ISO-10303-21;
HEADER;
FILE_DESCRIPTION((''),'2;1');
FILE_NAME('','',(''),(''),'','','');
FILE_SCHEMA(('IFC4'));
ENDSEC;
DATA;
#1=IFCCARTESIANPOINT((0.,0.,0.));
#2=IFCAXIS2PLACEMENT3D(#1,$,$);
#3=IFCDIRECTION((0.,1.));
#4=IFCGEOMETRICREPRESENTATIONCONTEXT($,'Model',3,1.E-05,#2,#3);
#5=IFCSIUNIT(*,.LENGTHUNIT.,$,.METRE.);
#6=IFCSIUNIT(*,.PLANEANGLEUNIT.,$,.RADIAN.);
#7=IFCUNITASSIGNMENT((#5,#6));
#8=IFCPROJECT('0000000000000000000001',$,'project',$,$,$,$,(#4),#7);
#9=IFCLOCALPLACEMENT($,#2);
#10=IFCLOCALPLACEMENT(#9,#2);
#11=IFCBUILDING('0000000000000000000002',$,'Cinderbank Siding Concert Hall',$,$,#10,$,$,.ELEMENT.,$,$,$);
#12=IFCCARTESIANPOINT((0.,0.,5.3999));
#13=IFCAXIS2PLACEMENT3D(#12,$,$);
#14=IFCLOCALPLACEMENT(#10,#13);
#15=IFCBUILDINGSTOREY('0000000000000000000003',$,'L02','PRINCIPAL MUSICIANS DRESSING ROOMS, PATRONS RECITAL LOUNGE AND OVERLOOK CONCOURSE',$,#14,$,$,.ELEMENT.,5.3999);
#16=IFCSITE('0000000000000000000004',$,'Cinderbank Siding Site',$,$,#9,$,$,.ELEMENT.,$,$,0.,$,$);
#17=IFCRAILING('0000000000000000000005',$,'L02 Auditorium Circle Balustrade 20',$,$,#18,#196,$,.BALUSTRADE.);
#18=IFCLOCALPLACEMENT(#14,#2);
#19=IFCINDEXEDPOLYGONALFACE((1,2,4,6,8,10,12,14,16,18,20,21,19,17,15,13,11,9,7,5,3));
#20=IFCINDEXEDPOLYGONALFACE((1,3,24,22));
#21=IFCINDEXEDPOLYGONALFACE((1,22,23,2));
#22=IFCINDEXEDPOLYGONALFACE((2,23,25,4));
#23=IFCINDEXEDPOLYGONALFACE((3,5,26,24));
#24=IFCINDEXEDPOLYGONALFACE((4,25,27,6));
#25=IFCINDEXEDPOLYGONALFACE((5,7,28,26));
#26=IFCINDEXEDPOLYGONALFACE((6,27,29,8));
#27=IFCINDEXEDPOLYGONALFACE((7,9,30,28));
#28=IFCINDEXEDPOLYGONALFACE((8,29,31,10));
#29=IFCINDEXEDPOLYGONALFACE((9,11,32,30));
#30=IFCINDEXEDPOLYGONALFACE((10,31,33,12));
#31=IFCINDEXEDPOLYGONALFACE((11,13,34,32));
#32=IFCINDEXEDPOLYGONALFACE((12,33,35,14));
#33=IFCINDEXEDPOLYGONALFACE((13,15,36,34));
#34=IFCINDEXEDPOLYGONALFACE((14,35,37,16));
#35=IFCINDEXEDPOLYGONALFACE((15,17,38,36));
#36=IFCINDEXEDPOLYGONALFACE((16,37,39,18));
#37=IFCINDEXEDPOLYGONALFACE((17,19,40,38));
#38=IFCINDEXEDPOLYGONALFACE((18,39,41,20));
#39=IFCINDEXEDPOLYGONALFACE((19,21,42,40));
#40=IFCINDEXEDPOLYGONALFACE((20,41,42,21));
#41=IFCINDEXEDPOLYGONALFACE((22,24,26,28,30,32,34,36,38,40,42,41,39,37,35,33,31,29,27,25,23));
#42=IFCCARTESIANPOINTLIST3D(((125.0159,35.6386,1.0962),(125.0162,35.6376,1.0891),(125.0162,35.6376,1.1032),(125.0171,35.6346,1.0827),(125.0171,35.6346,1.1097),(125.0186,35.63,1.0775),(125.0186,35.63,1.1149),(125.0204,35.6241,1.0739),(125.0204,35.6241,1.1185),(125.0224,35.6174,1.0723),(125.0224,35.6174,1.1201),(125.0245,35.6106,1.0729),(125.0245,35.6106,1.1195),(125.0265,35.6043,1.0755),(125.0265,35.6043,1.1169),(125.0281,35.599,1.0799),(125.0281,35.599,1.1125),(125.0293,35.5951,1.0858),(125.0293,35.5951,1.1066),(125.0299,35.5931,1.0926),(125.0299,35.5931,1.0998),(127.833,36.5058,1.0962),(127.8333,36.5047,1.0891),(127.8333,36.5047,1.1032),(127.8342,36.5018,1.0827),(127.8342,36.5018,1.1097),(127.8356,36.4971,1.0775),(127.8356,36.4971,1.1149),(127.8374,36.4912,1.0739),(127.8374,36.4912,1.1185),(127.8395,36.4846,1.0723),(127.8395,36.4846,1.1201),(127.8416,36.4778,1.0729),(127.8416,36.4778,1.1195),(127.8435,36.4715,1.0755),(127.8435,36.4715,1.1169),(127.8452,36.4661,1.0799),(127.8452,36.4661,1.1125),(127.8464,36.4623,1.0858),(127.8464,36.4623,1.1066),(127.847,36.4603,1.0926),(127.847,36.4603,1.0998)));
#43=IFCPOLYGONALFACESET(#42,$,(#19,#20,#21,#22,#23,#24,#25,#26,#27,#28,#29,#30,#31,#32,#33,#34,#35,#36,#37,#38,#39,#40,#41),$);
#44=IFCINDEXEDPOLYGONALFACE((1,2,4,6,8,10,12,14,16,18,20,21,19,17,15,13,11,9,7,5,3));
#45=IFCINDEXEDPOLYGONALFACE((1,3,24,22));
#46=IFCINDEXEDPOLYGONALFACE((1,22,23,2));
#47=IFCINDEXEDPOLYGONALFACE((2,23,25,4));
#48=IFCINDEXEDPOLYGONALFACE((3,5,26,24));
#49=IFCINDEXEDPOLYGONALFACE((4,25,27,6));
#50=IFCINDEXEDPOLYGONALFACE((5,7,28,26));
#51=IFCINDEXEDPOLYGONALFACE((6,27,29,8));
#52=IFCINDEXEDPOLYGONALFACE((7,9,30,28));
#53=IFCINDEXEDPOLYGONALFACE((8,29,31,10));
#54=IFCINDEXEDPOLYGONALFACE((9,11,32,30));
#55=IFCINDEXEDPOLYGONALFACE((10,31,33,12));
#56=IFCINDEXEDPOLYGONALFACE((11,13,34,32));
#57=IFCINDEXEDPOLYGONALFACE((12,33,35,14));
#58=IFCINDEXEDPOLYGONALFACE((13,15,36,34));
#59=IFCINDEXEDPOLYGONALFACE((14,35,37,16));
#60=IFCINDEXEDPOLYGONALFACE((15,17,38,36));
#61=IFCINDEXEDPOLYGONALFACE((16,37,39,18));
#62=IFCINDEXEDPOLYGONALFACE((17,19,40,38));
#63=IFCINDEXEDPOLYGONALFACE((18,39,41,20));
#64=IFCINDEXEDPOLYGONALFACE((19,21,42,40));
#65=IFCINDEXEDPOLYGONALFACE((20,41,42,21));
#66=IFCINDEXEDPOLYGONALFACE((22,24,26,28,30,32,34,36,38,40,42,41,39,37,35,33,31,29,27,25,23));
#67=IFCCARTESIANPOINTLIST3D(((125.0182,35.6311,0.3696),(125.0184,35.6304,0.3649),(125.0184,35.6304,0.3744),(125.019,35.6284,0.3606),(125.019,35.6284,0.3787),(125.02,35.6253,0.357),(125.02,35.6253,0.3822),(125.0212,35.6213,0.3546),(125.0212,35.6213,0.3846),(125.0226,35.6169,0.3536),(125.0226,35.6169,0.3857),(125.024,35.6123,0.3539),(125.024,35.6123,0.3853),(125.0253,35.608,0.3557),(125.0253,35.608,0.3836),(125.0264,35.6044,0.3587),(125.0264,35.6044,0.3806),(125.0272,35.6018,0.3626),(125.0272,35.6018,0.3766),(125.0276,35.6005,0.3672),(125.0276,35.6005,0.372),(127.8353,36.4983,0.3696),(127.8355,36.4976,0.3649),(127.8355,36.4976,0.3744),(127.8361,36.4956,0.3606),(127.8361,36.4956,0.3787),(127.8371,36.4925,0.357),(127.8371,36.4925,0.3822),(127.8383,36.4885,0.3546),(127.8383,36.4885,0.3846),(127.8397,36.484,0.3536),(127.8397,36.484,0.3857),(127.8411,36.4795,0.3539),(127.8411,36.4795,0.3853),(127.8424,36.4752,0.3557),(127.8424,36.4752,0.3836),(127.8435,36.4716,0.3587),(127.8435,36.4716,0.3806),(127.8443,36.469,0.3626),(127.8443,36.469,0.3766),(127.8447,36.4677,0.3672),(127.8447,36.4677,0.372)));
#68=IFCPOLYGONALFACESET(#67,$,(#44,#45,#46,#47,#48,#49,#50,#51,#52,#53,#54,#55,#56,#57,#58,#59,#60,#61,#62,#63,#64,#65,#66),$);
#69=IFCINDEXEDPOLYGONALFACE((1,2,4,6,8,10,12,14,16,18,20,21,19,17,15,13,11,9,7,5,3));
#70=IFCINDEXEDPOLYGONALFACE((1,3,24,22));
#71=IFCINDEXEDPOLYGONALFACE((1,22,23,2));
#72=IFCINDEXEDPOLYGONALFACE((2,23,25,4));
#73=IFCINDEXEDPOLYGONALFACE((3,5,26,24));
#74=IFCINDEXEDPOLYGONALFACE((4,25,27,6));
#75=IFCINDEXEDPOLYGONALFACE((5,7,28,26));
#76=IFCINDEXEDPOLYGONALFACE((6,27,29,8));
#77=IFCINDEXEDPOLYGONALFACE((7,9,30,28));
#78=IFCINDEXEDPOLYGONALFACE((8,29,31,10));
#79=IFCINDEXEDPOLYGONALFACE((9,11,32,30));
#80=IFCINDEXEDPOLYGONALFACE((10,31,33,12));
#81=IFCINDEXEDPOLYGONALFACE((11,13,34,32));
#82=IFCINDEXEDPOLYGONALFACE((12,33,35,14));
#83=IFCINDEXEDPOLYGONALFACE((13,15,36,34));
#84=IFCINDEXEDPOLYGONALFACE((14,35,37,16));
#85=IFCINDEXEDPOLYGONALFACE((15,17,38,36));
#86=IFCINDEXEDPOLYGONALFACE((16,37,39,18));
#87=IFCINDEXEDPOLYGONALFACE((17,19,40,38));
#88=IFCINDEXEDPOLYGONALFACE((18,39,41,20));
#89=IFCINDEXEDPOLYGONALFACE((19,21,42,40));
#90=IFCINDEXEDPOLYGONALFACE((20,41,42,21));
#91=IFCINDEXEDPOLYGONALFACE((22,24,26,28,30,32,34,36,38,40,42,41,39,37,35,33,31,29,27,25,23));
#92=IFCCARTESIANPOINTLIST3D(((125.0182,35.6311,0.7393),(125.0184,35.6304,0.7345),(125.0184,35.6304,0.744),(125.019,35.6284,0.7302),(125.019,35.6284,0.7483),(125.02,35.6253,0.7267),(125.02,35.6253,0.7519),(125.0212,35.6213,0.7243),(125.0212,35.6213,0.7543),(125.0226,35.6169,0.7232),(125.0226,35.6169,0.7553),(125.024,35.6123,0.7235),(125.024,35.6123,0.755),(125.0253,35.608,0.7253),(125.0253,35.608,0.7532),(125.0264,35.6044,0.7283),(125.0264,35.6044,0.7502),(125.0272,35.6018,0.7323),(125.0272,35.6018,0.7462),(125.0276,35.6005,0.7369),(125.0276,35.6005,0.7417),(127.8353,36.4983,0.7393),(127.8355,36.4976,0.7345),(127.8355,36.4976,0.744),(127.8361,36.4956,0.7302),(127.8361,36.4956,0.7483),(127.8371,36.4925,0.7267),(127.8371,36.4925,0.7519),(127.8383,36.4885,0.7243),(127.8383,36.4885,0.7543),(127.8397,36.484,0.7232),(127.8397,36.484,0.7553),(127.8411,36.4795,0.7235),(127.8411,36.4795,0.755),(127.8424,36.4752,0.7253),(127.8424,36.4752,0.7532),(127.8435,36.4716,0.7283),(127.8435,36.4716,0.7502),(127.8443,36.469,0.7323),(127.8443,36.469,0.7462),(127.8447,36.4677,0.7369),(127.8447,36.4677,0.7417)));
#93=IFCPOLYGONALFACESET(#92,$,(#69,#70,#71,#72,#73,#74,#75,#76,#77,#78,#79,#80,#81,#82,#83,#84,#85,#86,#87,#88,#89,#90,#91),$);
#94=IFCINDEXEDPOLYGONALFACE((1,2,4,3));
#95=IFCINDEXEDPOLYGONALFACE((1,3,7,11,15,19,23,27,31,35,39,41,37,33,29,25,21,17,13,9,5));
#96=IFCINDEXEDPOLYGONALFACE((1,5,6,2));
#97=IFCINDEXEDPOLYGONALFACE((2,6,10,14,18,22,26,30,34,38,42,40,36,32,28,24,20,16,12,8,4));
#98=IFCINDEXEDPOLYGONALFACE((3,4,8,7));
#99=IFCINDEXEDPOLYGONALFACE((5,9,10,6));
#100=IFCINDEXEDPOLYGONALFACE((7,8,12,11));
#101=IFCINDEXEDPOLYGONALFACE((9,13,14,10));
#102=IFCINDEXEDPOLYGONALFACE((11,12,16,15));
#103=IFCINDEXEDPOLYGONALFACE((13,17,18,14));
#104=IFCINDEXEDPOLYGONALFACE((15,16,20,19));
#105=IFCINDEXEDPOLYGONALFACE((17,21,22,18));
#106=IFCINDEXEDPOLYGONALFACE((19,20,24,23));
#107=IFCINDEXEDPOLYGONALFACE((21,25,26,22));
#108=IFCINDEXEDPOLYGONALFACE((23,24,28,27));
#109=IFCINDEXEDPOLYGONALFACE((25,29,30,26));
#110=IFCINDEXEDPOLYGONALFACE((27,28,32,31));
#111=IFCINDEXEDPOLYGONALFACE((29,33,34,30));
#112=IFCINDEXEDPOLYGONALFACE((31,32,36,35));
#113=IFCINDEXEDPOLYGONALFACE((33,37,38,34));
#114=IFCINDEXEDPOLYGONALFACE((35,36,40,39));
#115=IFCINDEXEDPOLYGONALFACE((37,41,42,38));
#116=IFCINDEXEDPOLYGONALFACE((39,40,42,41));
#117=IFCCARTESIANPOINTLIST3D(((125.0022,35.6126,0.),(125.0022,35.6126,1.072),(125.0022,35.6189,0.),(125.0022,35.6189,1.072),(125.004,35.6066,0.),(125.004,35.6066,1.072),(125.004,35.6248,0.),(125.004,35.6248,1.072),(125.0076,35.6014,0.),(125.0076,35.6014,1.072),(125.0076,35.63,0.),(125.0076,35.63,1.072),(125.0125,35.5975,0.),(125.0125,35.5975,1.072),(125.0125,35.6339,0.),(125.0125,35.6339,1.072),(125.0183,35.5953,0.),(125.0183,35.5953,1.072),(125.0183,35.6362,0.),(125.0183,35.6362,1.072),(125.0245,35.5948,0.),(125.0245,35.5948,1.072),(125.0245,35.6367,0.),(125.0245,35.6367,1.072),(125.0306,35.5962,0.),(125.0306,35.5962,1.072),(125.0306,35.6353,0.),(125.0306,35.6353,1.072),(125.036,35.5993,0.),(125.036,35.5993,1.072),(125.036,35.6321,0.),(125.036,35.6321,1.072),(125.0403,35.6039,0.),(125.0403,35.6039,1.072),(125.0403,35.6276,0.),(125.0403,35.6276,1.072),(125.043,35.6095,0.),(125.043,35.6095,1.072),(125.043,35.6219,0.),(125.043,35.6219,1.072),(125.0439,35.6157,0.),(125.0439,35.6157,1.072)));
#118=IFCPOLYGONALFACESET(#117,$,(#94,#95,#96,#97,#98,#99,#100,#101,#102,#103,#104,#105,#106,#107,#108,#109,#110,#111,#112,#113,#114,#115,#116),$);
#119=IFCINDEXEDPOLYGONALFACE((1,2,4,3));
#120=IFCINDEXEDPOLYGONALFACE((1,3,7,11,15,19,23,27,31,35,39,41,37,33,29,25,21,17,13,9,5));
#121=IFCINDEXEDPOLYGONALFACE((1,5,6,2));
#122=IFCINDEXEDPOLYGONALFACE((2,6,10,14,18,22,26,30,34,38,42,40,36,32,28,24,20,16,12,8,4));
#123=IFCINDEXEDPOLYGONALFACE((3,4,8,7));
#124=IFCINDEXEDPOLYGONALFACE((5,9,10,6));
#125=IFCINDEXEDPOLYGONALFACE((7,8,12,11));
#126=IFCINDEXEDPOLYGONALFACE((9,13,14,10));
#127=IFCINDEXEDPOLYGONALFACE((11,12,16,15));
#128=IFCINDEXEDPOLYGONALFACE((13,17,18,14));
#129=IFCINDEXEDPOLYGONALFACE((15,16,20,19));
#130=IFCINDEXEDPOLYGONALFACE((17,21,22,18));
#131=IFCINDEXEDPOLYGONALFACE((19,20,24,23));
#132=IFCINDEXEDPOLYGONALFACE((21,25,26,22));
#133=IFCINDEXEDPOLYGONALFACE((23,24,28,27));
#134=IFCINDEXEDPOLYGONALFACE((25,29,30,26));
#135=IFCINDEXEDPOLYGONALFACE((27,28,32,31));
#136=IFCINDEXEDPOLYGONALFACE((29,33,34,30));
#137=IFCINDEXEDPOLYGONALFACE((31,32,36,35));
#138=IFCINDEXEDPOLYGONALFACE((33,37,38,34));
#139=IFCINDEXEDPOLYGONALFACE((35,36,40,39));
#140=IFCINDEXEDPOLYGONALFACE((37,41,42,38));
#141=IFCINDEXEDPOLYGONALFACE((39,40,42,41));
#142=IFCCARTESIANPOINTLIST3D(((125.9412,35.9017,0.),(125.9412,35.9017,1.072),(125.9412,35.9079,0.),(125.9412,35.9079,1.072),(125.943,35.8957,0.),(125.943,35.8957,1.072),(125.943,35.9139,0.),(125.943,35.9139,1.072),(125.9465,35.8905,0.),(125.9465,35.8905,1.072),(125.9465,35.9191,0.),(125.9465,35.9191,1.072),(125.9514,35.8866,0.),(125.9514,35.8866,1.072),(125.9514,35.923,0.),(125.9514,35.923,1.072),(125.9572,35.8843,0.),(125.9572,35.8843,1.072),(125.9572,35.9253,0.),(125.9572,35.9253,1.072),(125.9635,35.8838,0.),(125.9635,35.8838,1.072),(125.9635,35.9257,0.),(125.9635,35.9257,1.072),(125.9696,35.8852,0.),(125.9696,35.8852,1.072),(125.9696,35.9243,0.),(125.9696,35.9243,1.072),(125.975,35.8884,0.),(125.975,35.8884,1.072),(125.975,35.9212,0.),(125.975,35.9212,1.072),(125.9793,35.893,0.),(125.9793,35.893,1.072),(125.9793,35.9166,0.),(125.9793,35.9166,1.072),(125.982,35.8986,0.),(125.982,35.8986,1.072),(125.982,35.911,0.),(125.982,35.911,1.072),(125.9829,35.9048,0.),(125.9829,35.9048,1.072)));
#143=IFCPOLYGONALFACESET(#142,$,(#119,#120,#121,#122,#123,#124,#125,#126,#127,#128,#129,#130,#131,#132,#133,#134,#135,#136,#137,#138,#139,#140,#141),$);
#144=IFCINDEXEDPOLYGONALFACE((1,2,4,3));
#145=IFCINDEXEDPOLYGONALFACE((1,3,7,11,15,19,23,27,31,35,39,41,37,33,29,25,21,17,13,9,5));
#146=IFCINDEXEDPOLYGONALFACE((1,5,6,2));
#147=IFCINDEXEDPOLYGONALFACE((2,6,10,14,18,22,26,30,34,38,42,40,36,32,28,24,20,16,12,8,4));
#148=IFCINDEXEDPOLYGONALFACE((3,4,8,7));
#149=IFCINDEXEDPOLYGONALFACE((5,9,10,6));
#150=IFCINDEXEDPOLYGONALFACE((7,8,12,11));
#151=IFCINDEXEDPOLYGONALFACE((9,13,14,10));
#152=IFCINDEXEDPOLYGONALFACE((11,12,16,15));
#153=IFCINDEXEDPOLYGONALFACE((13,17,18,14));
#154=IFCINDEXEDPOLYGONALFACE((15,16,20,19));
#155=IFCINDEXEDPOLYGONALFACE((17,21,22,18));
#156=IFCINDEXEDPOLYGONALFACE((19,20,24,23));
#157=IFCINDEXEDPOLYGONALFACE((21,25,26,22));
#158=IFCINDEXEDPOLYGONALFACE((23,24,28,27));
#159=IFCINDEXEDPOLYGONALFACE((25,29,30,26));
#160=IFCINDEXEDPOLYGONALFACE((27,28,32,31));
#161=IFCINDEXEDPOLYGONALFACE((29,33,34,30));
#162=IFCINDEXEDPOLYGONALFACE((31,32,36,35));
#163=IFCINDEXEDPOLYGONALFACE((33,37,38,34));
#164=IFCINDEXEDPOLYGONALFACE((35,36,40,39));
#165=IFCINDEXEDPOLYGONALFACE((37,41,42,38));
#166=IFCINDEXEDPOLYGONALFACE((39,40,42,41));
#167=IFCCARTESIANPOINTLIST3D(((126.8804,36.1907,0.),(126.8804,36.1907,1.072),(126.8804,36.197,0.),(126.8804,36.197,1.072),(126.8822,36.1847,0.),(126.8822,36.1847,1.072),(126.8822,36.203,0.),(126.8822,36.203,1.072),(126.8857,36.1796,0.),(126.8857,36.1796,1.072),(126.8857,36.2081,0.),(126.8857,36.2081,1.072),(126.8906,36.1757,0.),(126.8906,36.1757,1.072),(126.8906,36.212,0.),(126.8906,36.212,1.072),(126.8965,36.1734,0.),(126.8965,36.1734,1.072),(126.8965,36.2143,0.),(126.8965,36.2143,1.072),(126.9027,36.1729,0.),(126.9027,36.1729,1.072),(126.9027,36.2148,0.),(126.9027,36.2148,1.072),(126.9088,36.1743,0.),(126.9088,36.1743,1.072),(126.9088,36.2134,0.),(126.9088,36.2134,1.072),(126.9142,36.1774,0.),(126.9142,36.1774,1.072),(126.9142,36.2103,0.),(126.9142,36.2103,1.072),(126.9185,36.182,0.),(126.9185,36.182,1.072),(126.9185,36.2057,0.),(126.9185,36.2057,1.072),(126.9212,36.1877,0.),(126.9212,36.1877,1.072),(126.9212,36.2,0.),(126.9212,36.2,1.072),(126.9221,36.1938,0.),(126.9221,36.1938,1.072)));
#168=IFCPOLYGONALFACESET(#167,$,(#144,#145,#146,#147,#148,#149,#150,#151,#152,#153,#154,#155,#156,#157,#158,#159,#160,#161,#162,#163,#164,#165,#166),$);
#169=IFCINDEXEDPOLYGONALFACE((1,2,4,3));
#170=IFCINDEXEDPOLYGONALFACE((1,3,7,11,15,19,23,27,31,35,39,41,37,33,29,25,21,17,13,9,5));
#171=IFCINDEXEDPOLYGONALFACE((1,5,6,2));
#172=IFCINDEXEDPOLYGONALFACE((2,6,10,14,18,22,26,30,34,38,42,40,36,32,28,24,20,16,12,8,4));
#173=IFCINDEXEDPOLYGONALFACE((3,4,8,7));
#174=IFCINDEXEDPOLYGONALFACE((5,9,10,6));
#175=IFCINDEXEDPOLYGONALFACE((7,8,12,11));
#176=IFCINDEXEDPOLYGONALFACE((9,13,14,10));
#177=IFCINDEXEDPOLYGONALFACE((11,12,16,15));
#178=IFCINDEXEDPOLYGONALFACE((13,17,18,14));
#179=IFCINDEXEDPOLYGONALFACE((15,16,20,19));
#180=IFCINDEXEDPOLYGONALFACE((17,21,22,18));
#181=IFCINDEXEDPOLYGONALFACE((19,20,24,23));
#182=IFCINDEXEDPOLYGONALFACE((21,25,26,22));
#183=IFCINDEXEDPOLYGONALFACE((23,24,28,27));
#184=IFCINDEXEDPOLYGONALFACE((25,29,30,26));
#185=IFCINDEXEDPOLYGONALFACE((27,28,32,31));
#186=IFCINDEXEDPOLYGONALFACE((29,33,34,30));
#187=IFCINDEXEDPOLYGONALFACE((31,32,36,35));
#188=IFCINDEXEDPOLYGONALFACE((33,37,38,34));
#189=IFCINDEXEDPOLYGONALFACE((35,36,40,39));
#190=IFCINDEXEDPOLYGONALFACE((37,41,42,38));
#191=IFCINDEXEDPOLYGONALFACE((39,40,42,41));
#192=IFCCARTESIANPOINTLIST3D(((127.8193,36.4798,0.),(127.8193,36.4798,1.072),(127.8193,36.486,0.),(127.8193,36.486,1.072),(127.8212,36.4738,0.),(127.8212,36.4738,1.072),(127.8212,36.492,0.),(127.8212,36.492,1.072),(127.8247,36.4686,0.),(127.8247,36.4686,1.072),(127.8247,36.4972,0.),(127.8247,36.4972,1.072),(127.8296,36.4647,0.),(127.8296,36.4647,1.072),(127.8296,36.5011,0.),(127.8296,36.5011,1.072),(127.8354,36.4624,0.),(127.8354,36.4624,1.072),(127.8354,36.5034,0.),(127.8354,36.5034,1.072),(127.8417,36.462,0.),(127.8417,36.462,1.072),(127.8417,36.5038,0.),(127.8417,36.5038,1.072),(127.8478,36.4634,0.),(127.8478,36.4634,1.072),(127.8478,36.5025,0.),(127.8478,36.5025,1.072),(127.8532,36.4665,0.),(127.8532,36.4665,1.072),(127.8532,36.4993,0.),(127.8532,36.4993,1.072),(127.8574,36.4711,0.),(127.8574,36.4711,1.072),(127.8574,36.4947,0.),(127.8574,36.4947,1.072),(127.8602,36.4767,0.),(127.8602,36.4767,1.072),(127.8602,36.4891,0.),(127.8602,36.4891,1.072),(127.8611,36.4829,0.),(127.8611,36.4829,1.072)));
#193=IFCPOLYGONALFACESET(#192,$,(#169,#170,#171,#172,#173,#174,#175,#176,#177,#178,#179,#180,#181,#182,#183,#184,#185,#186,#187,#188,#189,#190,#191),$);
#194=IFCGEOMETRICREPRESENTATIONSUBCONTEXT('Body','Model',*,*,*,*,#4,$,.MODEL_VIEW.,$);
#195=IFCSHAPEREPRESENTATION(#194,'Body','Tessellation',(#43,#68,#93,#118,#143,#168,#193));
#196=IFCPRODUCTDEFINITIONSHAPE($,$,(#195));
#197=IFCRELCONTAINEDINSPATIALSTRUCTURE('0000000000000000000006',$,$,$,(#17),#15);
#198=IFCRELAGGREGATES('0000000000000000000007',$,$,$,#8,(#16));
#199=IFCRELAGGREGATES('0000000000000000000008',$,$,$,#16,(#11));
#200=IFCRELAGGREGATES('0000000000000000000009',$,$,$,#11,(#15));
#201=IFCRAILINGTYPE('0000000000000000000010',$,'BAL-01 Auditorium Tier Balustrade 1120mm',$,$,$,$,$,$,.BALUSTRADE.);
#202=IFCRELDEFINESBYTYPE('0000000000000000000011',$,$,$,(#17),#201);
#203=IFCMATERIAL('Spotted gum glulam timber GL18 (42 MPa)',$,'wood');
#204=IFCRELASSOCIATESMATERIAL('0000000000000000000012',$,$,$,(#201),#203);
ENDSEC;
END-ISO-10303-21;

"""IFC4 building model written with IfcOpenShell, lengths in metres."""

from ifc_helpers import new_model, si_unit, direction, frame, origin, origin_2d, place, context, subcontext, project, spatial, circle, extrude, material, type_object, element, save


model = new_model("IFC4")

# Units and contexts
model_context = context("Model", 3, precision=1e-05, world=origin(), true_north=direction((0.0, 1.0)))
body_context = subcontext(model_context, "Body", "Model", "MODEL_VIEW")
ifc_project = project(units=[si_unit("LENGTHUNIT", "METRE"), si_unit("PLANEANGLEUNIT", "RADIAN")], contexts=[model_context])

# Site, building, storey
site_placement = place(None, origin())
site = spatial("IfcSite", under=ifc_project, at=site_placement, Name="Cinderbank Siding Site", CompositionType="ELEMENT", RefElevation=0.0)
building_placement = place(site_placement, origin())
building = spatial("IfcBuilding", under=site, at=building_placement, Name="Cinderbank Siding Concert Hall", CompositionType="ELEMENT")
storey_placement = place(building_placement, frame((0.0, 0.0, 5.3999)))
storey = spatial("IfcBuildingStorey", under=building, at=storey_placement, Name="L02", Description="PRINCIPAL MUSICIANS DRESSING ROOMS, PATRONS RECITAL LOUNGE AND OVERLOOK CONCOURSE", CompositionType="ELEMENT", Elevation=5.3999)

# Railing
ifc_material_1 = material(Name="Spotted gum glulam timber GL18 (42 MPa)", Category="wood")
railing_type = type_object("IfcRailingType", Name="BAL-01 Auditorium Tier Balustrade 1120mm", PredefinedType="BALUSTRADE", material=ifc_material_1)
railing_1_placement = place(storey_placement, frame((125.0229, 35.6157, 0.0)))
element("IfcRailing", 1, at=railing_1_placement, inside=storey, type_object=railing_type, Name="L02 Auditorium Circle Balustrade 20", PredefinedType="BALUSTRADE", context=body_context, shape_type="SweptSolid", body=[
    extrude(circle(Radius=0.0239, at=origin_2d()), frame((0.0, 0.0, 1.0962), z_axis=(0.955743, 0.294202, 0.0), x_axis=(-0.294202, 0.955743, 0.0)), (0.0, 0.0, 1.0), 2.9475),
    extrude(circle(Radius=0.0161, at=origin_2d()), frame((0.0, 0.0, 0.3696), z_axis=(0.955743, 0.294202, 0.0), x_axis=(-0.294202, 0.955743, 0.0)), (0.0, 0.0, 1.0), 2.9475),
    extrude(circle(Radius=0.0161, at=origin_2d()), frame((0.0, 0.0, 0.7393), z_axis=(0.955743, 0.294202, 0.0), x_axis=(-0.294202, 0.955743, 0.0)), (0.0, 0.0, 1.0), 2.9475),
    extrude(circle(Radius=0.021, at=origin_2d()), origin(), (0.0, 0.0, 1.0), 1.072),
    extrude(circle(Radius=0.021, at=origin_2d()), frame((0.939, 0.2891, 0.0)), (0.0, 0.0, 1.0), 1.072),
    extrude(circle(Radius=0.021, at=origin_2d()), frame((1.8782, 0.5781, 0.0)), (0.0, 0.0, 1.0), 1.072),
    extrude(circle(Radius=0.021, at=origin_2d()), frame((2.8171, 0.8672, 0.0)), (0.0, 0.0, 1.0), 1.072),
])

save(model, "model.ifc")
